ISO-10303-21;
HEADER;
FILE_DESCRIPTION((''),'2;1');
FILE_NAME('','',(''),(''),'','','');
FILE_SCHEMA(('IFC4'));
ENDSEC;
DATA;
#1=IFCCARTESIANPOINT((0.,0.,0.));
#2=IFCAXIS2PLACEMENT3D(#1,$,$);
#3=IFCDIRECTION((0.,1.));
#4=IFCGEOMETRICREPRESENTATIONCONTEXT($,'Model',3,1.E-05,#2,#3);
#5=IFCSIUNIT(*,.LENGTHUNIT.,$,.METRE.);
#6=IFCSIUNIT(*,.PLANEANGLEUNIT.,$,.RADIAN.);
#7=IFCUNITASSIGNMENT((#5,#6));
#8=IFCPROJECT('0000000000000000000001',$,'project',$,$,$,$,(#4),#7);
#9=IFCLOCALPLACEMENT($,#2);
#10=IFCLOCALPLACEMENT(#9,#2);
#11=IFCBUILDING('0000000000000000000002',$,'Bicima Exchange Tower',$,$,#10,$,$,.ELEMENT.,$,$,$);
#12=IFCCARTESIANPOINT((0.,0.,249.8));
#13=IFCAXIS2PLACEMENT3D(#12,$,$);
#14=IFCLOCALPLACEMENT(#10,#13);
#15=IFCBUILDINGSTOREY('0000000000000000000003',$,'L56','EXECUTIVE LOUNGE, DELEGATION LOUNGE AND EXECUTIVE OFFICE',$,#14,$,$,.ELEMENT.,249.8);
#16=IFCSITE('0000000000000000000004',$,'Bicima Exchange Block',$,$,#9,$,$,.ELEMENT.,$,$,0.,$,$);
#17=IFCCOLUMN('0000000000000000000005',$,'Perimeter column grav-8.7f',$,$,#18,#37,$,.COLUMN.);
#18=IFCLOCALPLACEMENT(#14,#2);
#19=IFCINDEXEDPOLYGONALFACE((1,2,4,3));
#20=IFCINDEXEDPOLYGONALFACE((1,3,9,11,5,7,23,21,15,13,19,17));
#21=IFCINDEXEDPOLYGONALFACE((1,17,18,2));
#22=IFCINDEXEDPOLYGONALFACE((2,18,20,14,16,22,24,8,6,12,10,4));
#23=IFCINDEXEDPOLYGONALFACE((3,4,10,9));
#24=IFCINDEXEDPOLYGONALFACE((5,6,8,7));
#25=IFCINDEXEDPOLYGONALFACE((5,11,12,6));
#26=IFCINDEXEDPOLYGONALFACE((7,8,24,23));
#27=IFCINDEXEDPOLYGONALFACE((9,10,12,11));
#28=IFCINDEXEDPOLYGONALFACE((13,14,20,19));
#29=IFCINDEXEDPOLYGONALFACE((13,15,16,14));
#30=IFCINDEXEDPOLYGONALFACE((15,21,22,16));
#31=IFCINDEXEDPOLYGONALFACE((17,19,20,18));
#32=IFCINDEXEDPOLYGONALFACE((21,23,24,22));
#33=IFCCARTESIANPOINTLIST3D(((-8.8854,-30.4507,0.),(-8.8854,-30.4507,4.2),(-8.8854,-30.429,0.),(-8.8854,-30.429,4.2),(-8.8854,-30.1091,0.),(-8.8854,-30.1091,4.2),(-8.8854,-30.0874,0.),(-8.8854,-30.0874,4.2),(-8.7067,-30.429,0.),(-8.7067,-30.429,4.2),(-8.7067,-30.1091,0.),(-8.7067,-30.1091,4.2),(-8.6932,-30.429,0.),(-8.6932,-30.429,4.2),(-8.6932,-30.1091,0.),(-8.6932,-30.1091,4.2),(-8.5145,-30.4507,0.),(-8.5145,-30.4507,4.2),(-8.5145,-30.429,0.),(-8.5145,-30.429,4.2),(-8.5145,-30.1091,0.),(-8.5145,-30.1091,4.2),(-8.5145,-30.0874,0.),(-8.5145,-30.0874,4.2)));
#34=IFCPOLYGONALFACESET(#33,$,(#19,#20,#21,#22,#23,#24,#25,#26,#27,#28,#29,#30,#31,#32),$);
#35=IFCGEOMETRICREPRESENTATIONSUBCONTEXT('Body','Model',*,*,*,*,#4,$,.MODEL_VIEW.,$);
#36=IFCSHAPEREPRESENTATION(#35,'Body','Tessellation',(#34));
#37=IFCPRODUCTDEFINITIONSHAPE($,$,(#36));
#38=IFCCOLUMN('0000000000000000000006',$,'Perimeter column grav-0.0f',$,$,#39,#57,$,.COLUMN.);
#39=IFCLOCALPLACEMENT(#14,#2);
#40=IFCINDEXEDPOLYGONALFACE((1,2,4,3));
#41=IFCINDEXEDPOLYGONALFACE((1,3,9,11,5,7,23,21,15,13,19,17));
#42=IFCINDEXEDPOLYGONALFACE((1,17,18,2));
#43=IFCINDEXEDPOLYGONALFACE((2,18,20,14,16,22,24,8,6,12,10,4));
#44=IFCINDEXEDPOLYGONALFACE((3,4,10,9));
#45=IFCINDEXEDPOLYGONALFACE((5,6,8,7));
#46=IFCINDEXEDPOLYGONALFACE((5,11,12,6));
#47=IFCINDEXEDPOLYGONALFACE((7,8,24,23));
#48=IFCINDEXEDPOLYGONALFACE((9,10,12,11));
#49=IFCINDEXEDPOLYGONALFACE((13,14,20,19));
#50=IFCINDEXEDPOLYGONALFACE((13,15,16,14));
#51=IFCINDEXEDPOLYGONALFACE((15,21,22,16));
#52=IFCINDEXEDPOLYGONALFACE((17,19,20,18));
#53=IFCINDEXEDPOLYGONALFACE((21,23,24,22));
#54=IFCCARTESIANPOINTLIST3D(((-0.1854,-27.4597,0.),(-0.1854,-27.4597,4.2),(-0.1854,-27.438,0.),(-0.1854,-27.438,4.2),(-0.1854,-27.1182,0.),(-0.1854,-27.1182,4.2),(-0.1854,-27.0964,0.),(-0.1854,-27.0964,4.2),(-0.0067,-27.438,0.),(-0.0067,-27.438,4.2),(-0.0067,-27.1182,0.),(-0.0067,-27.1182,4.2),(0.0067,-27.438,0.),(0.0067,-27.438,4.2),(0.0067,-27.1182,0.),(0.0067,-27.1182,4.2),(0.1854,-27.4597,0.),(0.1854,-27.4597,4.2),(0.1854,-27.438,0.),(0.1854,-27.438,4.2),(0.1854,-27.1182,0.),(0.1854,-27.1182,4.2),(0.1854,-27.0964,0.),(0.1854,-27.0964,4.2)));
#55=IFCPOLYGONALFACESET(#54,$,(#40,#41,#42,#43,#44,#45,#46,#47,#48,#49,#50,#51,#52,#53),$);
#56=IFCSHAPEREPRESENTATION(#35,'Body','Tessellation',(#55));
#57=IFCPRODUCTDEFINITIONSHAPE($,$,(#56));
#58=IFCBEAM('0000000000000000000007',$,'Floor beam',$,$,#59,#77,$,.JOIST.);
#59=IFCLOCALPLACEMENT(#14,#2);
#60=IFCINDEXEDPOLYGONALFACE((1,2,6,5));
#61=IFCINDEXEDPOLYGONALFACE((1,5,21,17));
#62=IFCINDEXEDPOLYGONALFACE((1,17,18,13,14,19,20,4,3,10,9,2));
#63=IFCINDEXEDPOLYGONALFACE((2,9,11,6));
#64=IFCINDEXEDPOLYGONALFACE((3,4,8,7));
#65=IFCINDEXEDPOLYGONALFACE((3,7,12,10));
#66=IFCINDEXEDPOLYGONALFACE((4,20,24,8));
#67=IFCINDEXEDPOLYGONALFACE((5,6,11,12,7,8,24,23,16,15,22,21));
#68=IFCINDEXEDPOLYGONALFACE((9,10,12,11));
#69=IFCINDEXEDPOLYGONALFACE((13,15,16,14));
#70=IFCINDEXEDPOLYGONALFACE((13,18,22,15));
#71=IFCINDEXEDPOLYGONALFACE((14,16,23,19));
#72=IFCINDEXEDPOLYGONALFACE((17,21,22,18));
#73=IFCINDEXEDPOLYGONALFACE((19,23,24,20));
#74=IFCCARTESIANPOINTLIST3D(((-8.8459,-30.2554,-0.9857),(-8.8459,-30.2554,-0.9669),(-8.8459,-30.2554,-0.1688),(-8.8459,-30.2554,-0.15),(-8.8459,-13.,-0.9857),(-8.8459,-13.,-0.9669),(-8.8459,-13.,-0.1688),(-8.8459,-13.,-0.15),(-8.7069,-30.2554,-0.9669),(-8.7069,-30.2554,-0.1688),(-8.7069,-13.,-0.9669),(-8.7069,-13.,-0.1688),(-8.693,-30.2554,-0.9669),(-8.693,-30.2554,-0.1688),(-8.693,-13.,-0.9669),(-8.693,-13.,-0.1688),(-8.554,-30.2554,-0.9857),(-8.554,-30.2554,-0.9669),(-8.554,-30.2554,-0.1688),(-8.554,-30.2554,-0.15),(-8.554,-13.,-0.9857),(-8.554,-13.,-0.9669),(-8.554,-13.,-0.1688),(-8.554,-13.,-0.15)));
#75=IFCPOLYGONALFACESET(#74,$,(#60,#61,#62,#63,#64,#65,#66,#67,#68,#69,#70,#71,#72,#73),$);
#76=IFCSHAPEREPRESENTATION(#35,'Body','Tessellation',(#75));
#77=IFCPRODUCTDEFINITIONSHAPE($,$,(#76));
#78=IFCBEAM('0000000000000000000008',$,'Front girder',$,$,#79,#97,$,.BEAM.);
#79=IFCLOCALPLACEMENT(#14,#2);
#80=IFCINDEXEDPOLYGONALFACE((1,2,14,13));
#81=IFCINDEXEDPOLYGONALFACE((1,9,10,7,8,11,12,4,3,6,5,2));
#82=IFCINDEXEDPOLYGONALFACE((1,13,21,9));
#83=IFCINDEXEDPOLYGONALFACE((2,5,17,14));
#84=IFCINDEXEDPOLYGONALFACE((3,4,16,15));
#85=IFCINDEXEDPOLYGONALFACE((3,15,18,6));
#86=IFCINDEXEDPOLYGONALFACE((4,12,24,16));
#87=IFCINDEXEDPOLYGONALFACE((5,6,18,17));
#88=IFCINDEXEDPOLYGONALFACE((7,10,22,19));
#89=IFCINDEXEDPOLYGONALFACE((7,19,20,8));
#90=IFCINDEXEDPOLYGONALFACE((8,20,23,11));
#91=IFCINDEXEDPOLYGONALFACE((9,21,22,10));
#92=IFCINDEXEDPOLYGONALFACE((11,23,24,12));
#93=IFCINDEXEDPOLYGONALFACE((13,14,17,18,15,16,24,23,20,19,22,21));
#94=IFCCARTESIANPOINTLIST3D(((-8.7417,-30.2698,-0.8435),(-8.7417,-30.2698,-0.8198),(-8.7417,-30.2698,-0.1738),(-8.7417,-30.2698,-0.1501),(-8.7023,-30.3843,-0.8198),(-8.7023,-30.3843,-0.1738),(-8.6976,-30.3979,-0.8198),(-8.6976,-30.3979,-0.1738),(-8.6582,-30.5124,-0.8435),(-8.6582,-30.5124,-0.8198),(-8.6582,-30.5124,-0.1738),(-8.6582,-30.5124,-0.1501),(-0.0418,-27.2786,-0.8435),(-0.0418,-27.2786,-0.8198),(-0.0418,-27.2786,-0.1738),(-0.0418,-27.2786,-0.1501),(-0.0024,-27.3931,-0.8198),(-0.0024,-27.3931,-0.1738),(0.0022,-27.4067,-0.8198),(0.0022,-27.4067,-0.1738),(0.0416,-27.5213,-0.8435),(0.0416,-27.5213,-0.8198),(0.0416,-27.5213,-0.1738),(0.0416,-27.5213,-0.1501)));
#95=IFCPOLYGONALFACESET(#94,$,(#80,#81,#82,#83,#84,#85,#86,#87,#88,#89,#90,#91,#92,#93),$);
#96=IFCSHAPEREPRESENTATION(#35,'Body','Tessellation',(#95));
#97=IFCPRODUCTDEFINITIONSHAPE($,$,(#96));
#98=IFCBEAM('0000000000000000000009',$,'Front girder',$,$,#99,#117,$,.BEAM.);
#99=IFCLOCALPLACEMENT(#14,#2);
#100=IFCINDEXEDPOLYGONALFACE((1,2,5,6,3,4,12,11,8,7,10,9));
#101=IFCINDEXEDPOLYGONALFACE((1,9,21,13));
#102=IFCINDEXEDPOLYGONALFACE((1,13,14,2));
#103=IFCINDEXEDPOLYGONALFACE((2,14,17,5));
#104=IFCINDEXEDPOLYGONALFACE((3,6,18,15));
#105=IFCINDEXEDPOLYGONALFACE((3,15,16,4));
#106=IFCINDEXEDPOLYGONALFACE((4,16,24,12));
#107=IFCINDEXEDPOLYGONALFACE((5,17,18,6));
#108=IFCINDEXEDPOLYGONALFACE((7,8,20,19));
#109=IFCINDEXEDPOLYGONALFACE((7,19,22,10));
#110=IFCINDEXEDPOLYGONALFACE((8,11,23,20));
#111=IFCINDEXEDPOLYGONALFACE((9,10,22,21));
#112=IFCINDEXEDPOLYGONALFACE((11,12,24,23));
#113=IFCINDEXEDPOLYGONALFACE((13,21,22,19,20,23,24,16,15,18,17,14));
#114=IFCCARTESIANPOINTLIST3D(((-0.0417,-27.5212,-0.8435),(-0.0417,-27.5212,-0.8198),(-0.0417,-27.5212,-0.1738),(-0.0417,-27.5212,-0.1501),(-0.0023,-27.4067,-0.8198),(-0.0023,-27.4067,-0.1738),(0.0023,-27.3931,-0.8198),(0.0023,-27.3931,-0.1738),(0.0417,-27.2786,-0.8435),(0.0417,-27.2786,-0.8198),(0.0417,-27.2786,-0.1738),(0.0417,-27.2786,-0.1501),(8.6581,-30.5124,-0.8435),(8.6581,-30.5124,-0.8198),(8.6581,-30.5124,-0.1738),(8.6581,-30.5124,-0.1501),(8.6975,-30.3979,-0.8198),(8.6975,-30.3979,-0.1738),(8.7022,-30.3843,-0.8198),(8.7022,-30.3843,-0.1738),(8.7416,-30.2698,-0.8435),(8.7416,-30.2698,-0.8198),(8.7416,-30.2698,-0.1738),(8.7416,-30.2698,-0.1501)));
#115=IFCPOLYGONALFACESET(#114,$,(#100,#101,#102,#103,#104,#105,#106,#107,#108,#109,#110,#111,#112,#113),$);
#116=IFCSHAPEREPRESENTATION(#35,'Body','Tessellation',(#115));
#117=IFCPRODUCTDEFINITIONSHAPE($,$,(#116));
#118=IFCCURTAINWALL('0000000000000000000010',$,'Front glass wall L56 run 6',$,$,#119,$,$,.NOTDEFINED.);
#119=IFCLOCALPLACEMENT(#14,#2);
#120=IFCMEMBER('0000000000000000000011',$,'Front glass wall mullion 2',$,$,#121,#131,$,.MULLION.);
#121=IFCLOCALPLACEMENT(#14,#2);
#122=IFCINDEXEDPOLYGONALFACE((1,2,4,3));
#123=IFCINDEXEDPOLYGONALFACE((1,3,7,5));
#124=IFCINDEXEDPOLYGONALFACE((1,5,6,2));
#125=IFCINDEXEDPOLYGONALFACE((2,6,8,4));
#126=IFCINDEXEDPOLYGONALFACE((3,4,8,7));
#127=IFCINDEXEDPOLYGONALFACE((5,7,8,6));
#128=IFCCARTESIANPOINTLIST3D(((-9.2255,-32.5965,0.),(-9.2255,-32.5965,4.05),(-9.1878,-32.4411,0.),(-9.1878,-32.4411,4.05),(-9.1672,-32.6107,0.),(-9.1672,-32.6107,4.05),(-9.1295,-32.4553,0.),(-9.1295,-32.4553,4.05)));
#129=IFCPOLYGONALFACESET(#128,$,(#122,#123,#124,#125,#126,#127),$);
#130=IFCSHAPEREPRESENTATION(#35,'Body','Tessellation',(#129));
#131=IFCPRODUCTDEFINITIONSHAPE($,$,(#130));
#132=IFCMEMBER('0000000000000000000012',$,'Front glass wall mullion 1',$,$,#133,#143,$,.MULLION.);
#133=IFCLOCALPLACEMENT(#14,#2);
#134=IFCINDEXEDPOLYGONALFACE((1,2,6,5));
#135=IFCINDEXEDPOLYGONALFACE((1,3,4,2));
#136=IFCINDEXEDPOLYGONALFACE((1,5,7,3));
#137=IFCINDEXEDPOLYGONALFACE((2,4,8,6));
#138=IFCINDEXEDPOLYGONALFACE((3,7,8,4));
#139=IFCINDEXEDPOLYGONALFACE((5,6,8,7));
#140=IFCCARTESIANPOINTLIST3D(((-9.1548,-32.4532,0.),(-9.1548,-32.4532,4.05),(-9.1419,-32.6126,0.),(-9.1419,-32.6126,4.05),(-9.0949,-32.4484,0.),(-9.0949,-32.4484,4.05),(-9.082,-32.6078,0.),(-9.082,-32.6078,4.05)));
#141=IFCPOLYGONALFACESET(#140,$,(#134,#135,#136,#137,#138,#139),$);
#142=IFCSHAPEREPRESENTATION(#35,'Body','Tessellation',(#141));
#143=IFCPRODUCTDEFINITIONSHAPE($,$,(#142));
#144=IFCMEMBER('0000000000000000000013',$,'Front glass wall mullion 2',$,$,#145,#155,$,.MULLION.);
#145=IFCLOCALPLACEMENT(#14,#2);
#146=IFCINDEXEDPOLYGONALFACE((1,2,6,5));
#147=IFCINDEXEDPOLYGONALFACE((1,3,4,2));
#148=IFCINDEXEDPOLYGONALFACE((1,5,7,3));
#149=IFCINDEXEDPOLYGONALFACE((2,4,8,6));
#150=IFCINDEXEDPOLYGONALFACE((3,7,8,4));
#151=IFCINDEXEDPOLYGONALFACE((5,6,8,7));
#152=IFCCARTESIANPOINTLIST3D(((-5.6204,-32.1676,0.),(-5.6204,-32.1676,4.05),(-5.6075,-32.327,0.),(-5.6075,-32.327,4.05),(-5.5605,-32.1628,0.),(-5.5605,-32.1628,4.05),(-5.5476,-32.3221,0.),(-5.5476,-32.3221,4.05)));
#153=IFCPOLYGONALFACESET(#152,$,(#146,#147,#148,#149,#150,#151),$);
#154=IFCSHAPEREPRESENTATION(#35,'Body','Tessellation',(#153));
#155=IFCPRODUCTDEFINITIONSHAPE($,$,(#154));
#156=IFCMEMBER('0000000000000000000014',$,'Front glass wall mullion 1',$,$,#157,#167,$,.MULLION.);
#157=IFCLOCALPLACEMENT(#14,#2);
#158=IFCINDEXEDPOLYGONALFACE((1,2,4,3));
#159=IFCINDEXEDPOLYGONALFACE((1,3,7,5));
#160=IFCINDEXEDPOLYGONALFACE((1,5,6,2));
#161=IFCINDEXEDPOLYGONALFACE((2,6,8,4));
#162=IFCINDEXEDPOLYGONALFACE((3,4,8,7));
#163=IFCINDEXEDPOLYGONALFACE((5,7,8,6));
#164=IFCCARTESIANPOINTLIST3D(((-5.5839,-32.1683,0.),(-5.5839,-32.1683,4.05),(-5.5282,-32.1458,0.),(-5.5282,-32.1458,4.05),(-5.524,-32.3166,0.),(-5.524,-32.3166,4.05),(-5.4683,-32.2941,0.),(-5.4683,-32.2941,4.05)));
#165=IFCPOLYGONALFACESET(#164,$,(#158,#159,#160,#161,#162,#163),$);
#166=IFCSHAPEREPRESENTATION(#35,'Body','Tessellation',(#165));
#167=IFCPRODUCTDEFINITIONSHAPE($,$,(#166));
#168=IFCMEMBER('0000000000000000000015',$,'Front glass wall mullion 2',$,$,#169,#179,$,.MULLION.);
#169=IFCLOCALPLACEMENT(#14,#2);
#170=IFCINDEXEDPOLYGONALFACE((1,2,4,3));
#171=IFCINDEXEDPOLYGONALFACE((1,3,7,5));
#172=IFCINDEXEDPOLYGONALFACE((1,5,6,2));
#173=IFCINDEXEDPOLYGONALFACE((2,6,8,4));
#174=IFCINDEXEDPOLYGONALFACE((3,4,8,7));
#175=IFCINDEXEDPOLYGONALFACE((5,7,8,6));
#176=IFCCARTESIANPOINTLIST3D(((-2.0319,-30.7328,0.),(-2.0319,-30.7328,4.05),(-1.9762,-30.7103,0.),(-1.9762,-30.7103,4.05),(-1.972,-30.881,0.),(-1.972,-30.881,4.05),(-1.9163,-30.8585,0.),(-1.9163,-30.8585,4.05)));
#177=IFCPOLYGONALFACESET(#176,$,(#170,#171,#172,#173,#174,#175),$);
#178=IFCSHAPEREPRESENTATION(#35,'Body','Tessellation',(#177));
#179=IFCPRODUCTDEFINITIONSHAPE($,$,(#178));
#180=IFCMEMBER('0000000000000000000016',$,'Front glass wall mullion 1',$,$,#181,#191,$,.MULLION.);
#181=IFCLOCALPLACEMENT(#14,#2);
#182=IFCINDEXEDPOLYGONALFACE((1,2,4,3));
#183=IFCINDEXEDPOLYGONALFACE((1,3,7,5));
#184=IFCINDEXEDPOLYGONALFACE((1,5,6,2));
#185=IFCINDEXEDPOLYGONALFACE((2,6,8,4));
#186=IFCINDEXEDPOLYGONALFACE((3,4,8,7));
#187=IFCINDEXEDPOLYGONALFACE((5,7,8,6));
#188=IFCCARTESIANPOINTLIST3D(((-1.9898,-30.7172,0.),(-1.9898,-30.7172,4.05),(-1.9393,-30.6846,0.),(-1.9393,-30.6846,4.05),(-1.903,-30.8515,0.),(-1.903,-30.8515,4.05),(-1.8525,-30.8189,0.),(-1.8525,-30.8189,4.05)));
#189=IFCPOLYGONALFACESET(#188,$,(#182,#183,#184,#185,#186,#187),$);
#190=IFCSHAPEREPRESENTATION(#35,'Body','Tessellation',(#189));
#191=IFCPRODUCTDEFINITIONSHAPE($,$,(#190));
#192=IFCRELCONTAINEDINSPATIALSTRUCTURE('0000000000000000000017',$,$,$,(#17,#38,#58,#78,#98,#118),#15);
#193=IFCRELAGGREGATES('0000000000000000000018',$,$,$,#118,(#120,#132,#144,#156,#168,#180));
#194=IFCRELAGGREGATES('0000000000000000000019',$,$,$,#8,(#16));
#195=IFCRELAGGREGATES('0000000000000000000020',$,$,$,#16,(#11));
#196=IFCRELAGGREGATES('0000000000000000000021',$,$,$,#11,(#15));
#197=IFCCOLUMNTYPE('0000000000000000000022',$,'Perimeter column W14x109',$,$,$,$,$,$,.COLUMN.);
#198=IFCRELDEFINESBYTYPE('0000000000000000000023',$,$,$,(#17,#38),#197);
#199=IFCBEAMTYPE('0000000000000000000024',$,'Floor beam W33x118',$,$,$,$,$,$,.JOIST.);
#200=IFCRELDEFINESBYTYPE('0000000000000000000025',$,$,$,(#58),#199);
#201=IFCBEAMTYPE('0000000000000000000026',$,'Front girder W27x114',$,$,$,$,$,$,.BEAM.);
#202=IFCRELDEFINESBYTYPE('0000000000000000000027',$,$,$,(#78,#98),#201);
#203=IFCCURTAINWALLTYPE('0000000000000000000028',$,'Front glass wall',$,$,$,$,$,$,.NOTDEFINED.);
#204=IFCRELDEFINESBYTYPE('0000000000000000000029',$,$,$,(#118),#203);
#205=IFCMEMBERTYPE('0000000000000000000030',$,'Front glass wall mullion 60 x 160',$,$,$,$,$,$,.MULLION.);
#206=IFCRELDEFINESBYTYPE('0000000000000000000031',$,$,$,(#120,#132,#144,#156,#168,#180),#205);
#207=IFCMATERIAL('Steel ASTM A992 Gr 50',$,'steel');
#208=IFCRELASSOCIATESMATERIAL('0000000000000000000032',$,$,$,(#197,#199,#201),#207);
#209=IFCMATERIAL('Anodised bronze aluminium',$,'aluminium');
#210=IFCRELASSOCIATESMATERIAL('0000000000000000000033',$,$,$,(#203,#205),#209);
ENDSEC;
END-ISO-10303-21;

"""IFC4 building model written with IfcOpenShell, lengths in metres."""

from ifc_helpers import new_model, si_unit, direction, frame, origin, origin_2d, place, context, subcontext, project, spatial, rectangle, i_section, extrude, material, material_profile, profile_set, type_object, element, aggregate, save


model = new_model("IFC4")

# Units and contexts
model_context = context("Model", 3, precision=1e-05, world=origin(), true_north=direction((0.0, 1.0)))
body_context = subcontext(model_context, "Body", "Model", "MODEL_VIEW")
ifc_project = project(units=[si_unit("LENGTHUNIT", "METRE"), si_unit("PLANEANGLEUNIT", "RADIAN")], contexts=[model_context])

# Site, building, storey
site_placement = place(None, origin())
site = spatial("IfcSite", under=ifc_project, at=site_placement, Name="Bicima Exchange Block", CompositionType="ELEMENT", RefElevation=0.0)
building_placement = place(site_placement, origin())
building = spatial("IfcBuilding", under=site, at=building_placement, Name="Bicima Exchange Tower", CompositionType="ELEMENT")
storey_placement = place(building_placement, frame((0.0, 0.0, 249.8)))
storey = spatial("IfcBuildingStorey", under=building, at=storey_placement, Name="L56", Description="EXECUTIVE LOUNGE, DELEGATION LOUNGE AND EXECUTIVE OFFICE", CompositionType="ELEMENT", Elevation=249.8)

# Columns
ifc_material_1 = material(Name="Steel ASTM A992 Gr 50", Category="steel")
ifc_material_profile_1 = material_profile(ifc_material_1, i_section(OverallWidth=0.3708, OverallDepth=0.3633, WebThickness=0.0134, FlangeThickness=0.0217, at=origin_2d()))
ifc_profile_set_1 = profile_set([ifc_material_profile_1], Name="Steel ASTM A992 Gr 50")
column_type = type_object("IfcColumnType", Name="Perimeter column W14x109", PredefinedType="COLUMN", material=ifc_profile_set_1)
for number, where, z_axis, x_axis, name in (
    (1, (-8.7, -30.269, 0.0), (0.0, 0.0, 1.0), (1.0, 0.0, 0.0), "Perimeter column grav-8.7f"),
    (2, (0.0, -27.2781, 0.0), (0.0, 0.0, 1.0), (1.0, 0.0, 0.0), "Perimeter column grav-0.0f"),
):
    element("IfcColumn", number, at=place(storey_placement, frame(where, z_axis=z_axis, x_axis=x_axis)), inside=storey, type_object=column_type, Name=name, PredefinedType="COLUMN", context=body_context, shape_type="SweptSolid", body=[
        extrude(i_section(OverallWidth=0.3708, OverallDepth=0.3633, WebThickness=0.0134, FlangeThickness=0.0217, at=origin_2d()), origin(), (0.0, 0.0, 1.0), 4.2),
    ])

# Beams
ifc_material_profile_2 = material_profile(ifc_material_1, i_section(OverallWidth=0.292, OverallDepth=0.8357, WebThickness=0.0139, FlangeThickness=0.0188, at=origin_2d()))
ifc_profile_set_2 = profile_set([ifc_material_profile_2], Name="Steel ASTM A992 Gr 50")
beam_type_1 = type_object("IfcBeamType", Name="Floor beam W33x118", PredefinedType="JOIST", material=ifc_profile_set_2)
beam_placement = place(storey_placement, frame((-8.7, -13.0, -0.5679), z_axis=(0.0, -1.0, 0.0), x_axis=(1.0, 0.0, 0.0)))
element("IfcBeam", 3, at=beam_placement, inside=storey, type_object=beam_type_1, Name="Floor beam", PredefinedType="JOIST", context=body_context, shape_type="SweptSolid", body=[
    extrude(i_section(OverallWidth=0.292, OverallDepth=0.8357, WebThickness=0.0139, FlangeThickness=0.0188, at=origin_2d()), origin(), (0.0, 0.0, 1.0), 17.2554),
])
ifc_material_profile_3 = material_profile(ifc_material_1, i_section(OverallWidth=0.2566, OverallDepth=0.6934, WebThickness=0.0144, FlangeThickness=0.0237, at=origin_2d()))
ifc_profile_set_3 = profile_set([ifc_material_profile_3], Name="Steel ASTM A992 Gr 50")
beam_type_2 = type_object("IfcBeamType", Name="Front girder W27x114", PredefinedType="BEAM", material=ifc_profile_set_3)
for number, where, z_axis, x_axis, name in (
    (4, (-8.7, -30.3911, -0.4968), (0.945666, 0.325138, 0.0), (-0.325138, 0.945666, 0.0), "Front girder"),
    (5, (0.0, -27.3999, -0.4968), (0.945666, -0.325138, 0.0), (0.325138, 0.945666, 0.0), "Front girder"),
):
    element("IfcBeam", number, at=place(storey_placement, frame(where, z_axis=z_axis, x_axis=x_axis)), inside=storey, type_object=beam_type_2, Name=name, PredefinedType="BEAM", context=body_context, shape_type="SweptSolid", body=[
        extrude(i_section(OverallWidth=0.2566, OverallDepth=0.6934, WebThickness=0.0144, FlangeThickness=0.0237, at=origin_2d()), origin(), (0.0, 0.0, 1.0), 9.1997),
    ])

# Curtain wall, members
ifc_material_2 = material(Name="Anodised bronze aluminium", Category="aluminium")
curtain_wall_type = type_object("IfcCurtainWallType", Name="Front glass wall", PredefinedType="NOTDEFINED", material=ifc_material_2)
curtain_wall_placement = place(storey_placement, origin())
curtain_wall = element("IfcCurtainWall", 6, at=curtain_wall_placement, inside=storey, type_object=curtain_wall_type, Name="Front glass wall L56 run 6", PredefinedType="NOTDEFINED")
ifc_material_profile_4 = material_profile(ifc_material_2, rectangle(XDim=0.1599, YDim=0.0601, at=origin_2d()))
ifc_profile_set_4 = profile_set([ifc_material_profile_4], Name="Anodised bronze aluminium")
member_type_1 = type_object("IfcMemberType", Name="Front glass wall mullion 60 x 160", PredefinedType="MULLION", material=ifc_profile_set_4)
member_1_placement = place(storey_placement, frame((-9.1775, -32.5259, 0.0), z_axis=(0.0, 0.0, 1.0), x_axis=(0.235682, 0.97183, 0.0)))
member_1 = element("IfcMember", 7, at=member_1_placement, type_object=member_type_1, Name="Front glass wall mullion 2", PredefinedType="MULLION", context=body_context, shape_type="SweptSolid", body=[
    extrude(rectangle(XDim=0.1599, YDim=0.0601, at=origin_2d()), origin(), (0.0, 0.0, 1.0), 4.05),
])
member_2_placement = place(storey_placement, frame((-9.1184, -32.5305, 0.0), z_axis=(0.0, 0.0, 1.0), x_axis=(-0.080589, 0.996747, 0.0)))
member_2 = element("IfcMember", 8, at=member_2_placement, type_object=member_type_1, Name="Front glass wall mullion 1", PredefinedType="MULLION", context=body_context, shape_type="SweptSolid", body=[
    extrude(rectangle(XDim=0.1599, YDim=0.0601, at=origin_2d()), origin(), (0.0, 0.0, 1.0), 4.05),
])
member_3_placement = place(storey_placement, frame((-5.584, -32.2449, 0.0), z_axis=(0.0, 0.0, 1.0), x_axis=(-0.080589, 0.996747, 0.0)))
member_3 = element("IfcMember", 9, at=member_3_placement, type_object=member_type_1, Name="Front glass wall mullion 2", PredefinedType="MULLION", context=body_context, shape_type="SweptSolid", body=[
    extrude(rectangle(XDim=0.1599, YDim=0.0601, at=origin_2d()), origin(), (0.0, 0.0, 1.0), 4.05),
])
member_4_placement = place(storey_placement, frame((-5.5261, -32.2312, 0.0), z_axis=(0.0, 0.0, 1.0), x_axis=(-0.374705, 0.927144, 0.0)))
member_4 = element("IfcMember", 10, at=member_4_placement, type_object=member_type_1, Name="Front glass wall mullion 1", PredefinedType="MULLION", context=body_context, shape_type="SweptSolid", body=[
    extrude(rectangle(XDim=0.1599, YDim=0.0601, at=origin_2d()), origin(), (0.0, 0.0, 1.0), 4.05),
])
member_5_placement = place(storey_placement, frame((-1.9741, -30.7957, 0.0), z_axis=(0.0, 0.0, 1.0), x_axis=(-0.374705, 0.927144, 0.0)))
member_5 = element("IfcMember", 11, at=member_5_placement, type_object=member_type_1, Name="Front glass wall mullion 2", PredefinedType="MULLION", context=body_context, shape_type="SweptSolid", body=[
    extrude(rectangle(XDim=0.1599, YDim=0.0601, at=origin_2d()), origin(), (0.0, 0.0, 1.0), 4.05),
])
member_6_placement = place(storey_placement, frame((-1.9211, -30.7681, 0.0), z_axis=(0.0, 0.0, 1.0), x_axis=(-0.542897, 0.839799, 0.0)))
member_6 = element("IfcMember", 12, at=member_6_placement, type_object=member_type_1, Name="Front glass wall mullion 1", PredefinedType="MULLION", context=body_context, shape_type="SweptSolid", body=[
    extrude(rectangle(XDim=0.1599, YDim=0.0601, at=origin_2d()), origin(), (0.0, 0.0, 1.0), 4.05),
])
aggregate(curtain_wall, [member_1, member_2, member_3, member_4, member_5, member_6])

save(model, "model.ifc")
